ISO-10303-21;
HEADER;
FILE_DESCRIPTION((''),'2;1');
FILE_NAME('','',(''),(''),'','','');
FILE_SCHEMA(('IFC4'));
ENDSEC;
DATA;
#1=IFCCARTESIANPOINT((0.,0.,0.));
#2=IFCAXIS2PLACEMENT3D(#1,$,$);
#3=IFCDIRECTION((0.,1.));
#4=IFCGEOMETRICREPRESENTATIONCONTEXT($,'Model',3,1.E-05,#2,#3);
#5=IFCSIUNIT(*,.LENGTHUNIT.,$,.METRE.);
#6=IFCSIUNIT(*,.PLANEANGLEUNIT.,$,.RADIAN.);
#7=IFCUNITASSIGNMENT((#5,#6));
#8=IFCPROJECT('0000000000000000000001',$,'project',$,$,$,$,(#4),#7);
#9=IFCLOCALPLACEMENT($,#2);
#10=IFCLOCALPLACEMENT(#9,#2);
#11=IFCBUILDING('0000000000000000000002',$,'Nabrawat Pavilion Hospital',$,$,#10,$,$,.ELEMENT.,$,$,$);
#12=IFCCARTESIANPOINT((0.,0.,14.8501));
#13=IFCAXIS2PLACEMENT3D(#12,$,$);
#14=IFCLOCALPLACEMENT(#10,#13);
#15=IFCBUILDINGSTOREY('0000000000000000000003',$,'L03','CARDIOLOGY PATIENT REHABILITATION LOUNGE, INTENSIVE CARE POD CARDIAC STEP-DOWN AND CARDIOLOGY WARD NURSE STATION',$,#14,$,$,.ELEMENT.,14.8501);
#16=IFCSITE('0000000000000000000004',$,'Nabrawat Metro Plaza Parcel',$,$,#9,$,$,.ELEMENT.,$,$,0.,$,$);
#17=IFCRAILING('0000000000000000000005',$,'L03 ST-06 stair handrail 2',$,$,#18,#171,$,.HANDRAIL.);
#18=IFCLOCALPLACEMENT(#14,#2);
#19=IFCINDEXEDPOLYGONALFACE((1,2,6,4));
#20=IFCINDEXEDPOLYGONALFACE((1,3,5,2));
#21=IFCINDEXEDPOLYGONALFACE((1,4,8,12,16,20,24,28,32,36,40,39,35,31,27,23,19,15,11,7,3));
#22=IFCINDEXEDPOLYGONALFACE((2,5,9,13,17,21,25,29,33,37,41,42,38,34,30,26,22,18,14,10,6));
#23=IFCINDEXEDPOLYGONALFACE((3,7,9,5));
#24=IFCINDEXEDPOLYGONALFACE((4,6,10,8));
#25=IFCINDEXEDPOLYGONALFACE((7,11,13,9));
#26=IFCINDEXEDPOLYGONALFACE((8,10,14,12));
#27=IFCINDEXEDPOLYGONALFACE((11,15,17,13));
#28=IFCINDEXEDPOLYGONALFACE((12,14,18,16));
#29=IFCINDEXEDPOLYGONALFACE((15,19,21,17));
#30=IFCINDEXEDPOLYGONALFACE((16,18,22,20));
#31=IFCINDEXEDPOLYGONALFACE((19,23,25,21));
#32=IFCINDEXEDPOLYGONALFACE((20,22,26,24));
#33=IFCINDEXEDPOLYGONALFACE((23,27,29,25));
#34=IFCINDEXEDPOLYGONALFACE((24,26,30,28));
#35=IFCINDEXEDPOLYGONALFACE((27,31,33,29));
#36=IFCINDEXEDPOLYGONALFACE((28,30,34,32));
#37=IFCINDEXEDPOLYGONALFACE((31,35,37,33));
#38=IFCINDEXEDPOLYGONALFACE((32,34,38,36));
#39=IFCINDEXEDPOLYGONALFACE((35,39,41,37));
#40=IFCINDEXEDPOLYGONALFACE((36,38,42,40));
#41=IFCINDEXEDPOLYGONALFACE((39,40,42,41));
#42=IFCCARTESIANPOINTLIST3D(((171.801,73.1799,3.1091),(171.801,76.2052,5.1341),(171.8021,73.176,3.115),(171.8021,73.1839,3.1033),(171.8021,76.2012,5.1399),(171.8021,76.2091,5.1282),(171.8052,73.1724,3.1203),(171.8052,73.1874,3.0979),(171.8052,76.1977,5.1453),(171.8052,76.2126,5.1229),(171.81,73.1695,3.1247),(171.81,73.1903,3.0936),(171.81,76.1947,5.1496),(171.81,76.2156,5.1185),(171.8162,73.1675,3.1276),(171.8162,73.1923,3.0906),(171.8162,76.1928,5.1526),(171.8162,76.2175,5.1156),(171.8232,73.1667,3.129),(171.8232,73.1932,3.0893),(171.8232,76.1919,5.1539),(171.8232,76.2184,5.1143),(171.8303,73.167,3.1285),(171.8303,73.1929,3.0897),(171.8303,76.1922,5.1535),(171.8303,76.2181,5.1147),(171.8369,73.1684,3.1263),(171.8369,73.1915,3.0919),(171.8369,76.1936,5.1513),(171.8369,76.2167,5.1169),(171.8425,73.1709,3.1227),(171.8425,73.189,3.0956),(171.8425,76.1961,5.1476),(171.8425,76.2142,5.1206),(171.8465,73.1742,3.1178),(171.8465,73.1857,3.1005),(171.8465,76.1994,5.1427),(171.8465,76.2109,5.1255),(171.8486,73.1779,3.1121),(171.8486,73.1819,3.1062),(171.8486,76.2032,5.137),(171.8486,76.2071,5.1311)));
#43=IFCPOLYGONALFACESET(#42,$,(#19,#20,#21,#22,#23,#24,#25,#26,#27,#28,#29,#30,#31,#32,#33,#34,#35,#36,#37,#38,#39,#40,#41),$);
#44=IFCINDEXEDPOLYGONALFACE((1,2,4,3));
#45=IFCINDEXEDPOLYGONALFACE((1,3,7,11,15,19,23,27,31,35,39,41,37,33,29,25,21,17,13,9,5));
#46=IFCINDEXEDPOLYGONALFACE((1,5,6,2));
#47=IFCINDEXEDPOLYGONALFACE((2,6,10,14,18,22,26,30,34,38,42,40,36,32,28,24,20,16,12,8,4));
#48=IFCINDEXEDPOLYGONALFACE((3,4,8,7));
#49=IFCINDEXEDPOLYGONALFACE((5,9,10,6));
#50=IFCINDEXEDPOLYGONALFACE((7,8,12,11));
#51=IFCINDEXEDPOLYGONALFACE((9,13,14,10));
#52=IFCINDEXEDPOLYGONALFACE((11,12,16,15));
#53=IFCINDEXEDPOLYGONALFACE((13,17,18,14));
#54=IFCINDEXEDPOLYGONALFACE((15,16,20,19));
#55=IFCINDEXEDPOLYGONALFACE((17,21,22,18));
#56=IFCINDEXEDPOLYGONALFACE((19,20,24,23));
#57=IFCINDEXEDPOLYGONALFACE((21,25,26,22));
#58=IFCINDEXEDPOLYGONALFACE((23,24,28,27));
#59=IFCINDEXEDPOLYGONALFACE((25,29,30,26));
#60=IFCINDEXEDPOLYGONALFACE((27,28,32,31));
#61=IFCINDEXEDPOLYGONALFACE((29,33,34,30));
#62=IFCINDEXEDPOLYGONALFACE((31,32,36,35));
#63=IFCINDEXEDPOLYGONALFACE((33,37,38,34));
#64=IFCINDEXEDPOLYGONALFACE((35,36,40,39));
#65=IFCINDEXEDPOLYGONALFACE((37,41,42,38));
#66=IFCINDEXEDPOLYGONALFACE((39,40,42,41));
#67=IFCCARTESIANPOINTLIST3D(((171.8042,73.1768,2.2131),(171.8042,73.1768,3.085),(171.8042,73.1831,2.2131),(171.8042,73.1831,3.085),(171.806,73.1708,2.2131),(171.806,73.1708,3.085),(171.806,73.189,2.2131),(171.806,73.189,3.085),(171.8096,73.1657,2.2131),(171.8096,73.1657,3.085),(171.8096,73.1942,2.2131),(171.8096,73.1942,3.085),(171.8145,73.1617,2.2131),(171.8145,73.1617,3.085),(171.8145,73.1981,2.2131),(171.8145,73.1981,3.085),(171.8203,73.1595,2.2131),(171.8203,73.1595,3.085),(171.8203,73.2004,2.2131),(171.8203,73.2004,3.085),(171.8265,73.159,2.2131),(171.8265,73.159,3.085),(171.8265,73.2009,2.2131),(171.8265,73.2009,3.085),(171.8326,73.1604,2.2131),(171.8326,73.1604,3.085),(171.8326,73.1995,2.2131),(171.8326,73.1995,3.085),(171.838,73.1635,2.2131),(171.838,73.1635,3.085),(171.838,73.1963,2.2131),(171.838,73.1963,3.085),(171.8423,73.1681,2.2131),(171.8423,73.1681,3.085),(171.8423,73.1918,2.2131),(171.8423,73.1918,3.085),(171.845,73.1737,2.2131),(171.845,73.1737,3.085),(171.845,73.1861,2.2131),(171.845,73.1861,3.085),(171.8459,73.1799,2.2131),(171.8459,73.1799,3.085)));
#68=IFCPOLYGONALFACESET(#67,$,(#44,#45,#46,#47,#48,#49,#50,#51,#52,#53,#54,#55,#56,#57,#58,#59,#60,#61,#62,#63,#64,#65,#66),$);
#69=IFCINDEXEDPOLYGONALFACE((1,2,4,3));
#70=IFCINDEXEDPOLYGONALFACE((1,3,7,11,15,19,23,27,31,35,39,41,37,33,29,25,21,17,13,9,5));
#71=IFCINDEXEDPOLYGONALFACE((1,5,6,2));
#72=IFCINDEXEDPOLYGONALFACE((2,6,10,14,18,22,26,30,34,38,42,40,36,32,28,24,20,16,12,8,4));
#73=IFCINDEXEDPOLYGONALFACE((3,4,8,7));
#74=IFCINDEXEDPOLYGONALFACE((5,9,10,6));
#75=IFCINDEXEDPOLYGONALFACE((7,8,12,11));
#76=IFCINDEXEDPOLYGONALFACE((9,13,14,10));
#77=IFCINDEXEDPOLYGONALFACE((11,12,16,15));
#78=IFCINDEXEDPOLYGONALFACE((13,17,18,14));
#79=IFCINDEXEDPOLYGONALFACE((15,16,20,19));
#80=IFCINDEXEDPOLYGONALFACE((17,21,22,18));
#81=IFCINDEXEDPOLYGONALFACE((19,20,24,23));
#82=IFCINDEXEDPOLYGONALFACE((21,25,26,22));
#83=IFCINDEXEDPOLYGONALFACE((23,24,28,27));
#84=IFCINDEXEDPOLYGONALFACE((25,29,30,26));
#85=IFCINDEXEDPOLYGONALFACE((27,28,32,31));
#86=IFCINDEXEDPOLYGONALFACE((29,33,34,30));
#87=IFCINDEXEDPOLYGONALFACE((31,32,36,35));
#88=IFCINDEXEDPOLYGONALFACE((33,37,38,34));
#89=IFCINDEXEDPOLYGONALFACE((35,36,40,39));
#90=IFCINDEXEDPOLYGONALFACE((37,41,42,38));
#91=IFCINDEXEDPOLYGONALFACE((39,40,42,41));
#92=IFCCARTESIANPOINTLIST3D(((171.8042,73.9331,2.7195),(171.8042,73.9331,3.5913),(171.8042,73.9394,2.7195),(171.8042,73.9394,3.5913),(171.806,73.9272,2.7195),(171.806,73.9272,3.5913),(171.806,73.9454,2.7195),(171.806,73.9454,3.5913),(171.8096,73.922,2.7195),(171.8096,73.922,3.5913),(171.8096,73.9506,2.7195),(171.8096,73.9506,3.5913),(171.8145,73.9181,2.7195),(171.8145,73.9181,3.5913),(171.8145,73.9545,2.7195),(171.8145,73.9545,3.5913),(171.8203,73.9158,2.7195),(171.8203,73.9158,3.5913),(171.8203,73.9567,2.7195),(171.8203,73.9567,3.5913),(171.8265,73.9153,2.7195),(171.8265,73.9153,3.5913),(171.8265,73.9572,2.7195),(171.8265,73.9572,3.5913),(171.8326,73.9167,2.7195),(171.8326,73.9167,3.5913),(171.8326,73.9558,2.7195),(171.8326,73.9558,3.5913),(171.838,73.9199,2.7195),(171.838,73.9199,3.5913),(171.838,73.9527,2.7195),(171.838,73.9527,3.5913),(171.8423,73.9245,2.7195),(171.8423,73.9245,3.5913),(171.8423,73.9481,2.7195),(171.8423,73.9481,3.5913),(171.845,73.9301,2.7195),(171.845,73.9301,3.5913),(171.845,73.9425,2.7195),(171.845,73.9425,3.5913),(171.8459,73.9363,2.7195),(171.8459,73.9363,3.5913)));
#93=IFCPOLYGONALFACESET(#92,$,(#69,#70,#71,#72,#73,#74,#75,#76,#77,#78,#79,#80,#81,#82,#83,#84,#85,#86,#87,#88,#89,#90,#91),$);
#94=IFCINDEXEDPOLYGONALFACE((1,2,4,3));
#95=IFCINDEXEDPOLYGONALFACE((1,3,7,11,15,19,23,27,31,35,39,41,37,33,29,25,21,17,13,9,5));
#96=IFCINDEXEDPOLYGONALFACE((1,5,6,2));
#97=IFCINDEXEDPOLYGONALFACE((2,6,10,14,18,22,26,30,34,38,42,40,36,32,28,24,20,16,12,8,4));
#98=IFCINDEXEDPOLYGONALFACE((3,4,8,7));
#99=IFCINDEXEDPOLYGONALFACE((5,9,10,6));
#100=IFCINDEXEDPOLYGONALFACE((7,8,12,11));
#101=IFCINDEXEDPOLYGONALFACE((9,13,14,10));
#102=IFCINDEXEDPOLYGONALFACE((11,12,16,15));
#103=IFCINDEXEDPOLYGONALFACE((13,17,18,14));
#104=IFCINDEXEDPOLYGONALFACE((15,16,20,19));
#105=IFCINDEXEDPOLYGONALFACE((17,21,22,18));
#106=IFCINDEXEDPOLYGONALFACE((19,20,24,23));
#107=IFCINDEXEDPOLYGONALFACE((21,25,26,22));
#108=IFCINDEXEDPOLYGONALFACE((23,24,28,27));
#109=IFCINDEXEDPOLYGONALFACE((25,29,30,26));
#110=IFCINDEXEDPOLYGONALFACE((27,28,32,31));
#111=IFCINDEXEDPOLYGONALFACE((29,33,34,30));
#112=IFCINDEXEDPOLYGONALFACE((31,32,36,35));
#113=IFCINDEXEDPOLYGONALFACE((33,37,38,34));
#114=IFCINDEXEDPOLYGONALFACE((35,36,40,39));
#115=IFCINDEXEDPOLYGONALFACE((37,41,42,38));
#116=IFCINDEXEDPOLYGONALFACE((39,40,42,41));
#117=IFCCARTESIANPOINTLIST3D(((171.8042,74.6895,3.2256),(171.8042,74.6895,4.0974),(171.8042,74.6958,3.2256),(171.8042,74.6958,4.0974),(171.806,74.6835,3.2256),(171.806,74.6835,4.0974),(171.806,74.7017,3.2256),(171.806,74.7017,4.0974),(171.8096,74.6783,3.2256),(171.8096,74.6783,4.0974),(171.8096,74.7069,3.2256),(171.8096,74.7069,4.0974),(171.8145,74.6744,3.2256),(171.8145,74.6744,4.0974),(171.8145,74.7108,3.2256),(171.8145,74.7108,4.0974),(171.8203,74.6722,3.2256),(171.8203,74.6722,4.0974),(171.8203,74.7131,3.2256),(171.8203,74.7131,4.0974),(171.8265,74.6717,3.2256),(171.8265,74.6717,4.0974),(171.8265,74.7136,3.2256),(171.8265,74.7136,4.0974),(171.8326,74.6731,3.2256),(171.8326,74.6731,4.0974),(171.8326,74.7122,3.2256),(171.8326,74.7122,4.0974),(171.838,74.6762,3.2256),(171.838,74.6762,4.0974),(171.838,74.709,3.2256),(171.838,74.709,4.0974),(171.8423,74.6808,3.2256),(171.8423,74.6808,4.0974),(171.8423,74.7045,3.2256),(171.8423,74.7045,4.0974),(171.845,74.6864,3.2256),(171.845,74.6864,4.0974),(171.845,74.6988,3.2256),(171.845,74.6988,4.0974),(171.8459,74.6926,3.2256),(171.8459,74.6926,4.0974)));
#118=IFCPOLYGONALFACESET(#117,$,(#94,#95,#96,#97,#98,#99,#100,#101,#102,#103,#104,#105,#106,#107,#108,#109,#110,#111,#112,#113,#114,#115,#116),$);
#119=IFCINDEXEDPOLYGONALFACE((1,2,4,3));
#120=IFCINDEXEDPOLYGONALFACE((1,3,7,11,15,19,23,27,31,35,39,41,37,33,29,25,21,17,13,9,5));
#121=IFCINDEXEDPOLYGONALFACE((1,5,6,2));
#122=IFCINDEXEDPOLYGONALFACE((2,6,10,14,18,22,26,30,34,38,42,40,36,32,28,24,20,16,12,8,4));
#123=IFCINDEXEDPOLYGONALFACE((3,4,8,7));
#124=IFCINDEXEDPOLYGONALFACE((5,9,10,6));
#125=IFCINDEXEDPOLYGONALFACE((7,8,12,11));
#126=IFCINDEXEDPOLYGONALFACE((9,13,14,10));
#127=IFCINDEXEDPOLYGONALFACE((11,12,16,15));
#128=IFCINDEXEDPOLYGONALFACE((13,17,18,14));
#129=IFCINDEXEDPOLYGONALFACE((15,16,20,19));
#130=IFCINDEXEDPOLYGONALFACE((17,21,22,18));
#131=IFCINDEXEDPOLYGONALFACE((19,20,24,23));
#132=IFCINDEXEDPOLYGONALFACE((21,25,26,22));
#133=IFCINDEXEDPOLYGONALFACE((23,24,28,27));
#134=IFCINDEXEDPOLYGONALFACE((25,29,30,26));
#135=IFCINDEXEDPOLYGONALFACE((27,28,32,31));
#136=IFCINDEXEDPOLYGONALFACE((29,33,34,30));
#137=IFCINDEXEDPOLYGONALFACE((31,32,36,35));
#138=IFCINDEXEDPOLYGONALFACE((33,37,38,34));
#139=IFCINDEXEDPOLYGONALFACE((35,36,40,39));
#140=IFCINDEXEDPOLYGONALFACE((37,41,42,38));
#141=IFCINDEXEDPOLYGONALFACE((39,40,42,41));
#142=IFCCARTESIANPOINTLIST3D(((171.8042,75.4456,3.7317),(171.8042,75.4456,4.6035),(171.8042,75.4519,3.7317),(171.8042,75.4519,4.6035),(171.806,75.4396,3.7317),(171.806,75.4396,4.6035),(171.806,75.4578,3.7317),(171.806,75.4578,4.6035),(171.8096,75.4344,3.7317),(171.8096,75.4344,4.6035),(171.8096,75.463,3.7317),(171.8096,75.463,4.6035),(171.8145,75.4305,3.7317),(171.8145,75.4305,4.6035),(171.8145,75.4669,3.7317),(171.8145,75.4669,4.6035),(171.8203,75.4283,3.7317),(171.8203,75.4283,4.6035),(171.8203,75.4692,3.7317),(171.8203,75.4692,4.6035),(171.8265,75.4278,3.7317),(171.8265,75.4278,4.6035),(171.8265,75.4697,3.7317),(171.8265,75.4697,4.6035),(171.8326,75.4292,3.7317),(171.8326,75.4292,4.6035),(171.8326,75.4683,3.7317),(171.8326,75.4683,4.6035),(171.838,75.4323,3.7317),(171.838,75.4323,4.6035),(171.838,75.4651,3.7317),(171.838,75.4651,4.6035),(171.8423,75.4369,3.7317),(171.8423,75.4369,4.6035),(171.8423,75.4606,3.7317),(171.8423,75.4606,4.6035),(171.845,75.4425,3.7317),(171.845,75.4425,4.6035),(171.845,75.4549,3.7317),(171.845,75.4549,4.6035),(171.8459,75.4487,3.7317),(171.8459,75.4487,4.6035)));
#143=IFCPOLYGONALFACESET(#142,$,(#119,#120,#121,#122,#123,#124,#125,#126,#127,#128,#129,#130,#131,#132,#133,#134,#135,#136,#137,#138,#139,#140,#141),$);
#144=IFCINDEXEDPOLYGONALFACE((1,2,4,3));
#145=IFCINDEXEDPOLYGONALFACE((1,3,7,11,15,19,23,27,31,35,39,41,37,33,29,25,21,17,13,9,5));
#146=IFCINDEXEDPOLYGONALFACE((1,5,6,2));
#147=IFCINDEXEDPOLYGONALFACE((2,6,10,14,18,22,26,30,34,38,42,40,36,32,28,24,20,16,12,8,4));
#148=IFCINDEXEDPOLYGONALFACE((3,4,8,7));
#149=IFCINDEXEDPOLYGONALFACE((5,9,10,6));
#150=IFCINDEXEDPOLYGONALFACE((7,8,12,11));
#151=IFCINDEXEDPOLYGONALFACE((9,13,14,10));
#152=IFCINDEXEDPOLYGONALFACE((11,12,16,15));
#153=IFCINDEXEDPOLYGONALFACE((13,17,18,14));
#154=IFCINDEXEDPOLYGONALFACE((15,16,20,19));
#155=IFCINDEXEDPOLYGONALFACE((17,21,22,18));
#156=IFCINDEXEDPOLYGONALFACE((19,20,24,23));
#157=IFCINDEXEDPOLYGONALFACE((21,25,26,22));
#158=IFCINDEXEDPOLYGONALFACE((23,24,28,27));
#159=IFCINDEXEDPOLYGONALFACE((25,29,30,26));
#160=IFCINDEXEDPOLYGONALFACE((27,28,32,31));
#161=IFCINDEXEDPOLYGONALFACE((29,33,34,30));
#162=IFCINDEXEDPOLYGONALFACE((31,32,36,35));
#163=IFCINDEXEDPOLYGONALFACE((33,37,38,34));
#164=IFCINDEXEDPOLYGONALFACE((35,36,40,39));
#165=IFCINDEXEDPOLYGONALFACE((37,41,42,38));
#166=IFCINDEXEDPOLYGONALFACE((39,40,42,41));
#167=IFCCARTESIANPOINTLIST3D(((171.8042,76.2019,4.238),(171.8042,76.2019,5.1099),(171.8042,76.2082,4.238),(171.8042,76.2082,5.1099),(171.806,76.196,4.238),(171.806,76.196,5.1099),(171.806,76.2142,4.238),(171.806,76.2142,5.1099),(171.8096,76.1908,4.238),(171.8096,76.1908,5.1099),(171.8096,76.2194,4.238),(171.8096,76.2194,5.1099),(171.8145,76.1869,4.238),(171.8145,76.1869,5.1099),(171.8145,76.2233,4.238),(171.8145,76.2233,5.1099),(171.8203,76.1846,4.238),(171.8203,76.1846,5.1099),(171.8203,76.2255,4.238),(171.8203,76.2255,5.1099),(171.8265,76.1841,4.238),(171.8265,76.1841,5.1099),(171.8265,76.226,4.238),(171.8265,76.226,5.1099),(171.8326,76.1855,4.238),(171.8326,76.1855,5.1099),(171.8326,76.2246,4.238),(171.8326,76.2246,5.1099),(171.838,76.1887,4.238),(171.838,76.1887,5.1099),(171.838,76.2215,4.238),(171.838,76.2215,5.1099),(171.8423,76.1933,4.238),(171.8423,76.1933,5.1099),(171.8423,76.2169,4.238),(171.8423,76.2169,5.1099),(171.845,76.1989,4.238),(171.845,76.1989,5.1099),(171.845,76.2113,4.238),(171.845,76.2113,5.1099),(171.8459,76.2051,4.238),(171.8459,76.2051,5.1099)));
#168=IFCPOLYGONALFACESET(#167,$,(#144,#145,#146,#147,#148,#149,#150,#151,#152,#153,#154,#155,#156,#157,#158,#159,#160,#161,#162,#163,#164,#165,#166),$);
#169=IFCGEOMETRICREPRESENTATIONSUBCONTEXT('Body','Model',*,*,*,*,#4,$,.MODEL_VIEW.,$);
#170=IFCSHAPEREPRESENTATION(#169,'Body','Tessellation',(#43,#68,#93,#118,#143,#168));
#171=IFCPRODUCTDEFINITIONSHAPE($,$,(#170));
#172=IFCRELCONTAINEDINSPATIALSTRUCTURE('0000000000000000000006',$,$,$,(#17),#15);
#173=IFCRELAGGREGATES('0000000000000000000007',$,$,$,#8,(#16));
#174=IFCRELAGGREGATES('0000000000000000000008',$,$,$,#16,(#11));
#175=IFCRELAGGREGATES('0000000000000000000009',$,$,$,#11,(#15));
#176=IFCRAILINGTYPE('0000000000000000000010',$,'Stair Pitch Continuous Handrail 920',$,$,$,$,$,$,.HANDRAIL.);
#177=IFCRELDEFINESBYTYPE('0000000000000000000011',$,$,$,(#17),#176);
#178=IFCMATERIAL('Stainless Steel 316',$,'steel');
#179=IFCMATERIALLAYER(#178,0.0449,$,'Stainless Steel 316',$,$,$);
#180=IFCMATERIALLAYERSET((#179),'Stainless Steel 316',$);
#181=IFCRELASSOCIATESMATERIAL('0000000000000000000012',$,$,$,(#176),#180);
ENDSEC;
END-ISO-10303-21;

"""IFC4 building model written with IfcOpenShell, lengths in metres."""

from ifc_helpers import new_model, si_unit, direction, frame, origin, origin_2d, place, context, subcontext, project, spatial, circle, extrude, material, layer, layer_set, type_object, element, save


model = new_model("IFC4")

# Units and contexts
model_context = context("Model", 3, precision=1e-05, world=origin(), true_north=direction((0.0, 1.0)))
body_context = subcontext(model_context, "Body", "Model", "MODEL_VIEW")
ifc_project = project(units=[si_unit("LENGTHUNIT", "METRE"), si_unit("PLANEANGLEUNIT", "RADIAN")], contexts=[model_context])

# Site, building, storey
site_placement = place(None, origin())
site = spatial("IfcSite", under=ifc_project, at=site_placement, Name="Nabrawat Metro Plaza Parcel", CompositionType="ELEMENT", RefElevation=0.0)
building_placement = place(site_placement, origin())
building = spatial("IfcBuilding", under=site, at=building_placement, Name="Nabrawat Pavilion Hospital", CompositionType="ELEMENT")
storey_placement = place(building_placement, frame((0.0, 0.0, 14.8501)))
storey = spatial("IfcBuildingStorey", under=building, at=storey_placement, Name="L03", Description="CARDIOLOGY PATIENT REHABILITATION LOUNGE, INTENSIVE CARE POD CARDIAC STEP-DOWN AND CARDIOLOGY WARD NURSE STATION", CompositionType="ELEMENT", Elevation=14.8501)

# Railing
ifc_material_1 = material(Name="Stainless Steel 316", Category="steel")
ifc_layer_1 = layer(ifc_material_1, 0.0449, Name="Stainless Steel 316")
ifc_layer_set_1 = layer_set([ifc_layer_1], Name="Stainless Steel 316")
railing_type_1 = type_object("IfcRailingType", Name="Stair Pitch Continuous Handrail 920", PredefinedType="HANDRAIL", material=ifc_layer_set_1)
railing_1_placement = place(storey_placement, frame((171.825, 73.1799, 2.2131)))
element("IfcRailing", 1, at=railing_1_placement, inside=storey, type_object=railing_type_1, Name="L03 ST-06 stair handrail 2", PredefinedType="HANDRAIL", context=body_context, shape_type="SweptSolid", body=[
    extrude(circle(Radius=0.0239, at=origin_2d()), frame((0.0, 0.0, 0.896), z_axis=(0.0, 0.831017, 0.556247), x_axis=(-1.0, 0.0, 0.0)), (0.0, 0.0, 1.0), 3.6404),
    extrude(circle(Radius=0.021, at=origin_2d()), origin(), (0.0, 0.0, 1.0), 0.8718),
    extrude(circle(Radius=0.021, at=origin_2d()), frame((0.0, 0.7563, 0.5063)), (0.0, 0.0, 1.0), 0.8718),
    extrude(circle(Radius=0.021, at=origin_2d()), frame((0.0, 1.5127, 1.0125)), (0.0, 0.0, 1.0), 0.8718),
    extrude(circle(Radius=0.021, at=origin_2d()), frame((0.0, 2.2688, 1.5186)), (0.0, 0.0, 1.0), 0.8718),
    extrude(circle(Radius=0.021, at=origin_2d()), frame((0.0, 3.0251, 2.0249)), (0.0, 0.0, 1.0), 0.8718),
])

save(model, "model.ifc")
